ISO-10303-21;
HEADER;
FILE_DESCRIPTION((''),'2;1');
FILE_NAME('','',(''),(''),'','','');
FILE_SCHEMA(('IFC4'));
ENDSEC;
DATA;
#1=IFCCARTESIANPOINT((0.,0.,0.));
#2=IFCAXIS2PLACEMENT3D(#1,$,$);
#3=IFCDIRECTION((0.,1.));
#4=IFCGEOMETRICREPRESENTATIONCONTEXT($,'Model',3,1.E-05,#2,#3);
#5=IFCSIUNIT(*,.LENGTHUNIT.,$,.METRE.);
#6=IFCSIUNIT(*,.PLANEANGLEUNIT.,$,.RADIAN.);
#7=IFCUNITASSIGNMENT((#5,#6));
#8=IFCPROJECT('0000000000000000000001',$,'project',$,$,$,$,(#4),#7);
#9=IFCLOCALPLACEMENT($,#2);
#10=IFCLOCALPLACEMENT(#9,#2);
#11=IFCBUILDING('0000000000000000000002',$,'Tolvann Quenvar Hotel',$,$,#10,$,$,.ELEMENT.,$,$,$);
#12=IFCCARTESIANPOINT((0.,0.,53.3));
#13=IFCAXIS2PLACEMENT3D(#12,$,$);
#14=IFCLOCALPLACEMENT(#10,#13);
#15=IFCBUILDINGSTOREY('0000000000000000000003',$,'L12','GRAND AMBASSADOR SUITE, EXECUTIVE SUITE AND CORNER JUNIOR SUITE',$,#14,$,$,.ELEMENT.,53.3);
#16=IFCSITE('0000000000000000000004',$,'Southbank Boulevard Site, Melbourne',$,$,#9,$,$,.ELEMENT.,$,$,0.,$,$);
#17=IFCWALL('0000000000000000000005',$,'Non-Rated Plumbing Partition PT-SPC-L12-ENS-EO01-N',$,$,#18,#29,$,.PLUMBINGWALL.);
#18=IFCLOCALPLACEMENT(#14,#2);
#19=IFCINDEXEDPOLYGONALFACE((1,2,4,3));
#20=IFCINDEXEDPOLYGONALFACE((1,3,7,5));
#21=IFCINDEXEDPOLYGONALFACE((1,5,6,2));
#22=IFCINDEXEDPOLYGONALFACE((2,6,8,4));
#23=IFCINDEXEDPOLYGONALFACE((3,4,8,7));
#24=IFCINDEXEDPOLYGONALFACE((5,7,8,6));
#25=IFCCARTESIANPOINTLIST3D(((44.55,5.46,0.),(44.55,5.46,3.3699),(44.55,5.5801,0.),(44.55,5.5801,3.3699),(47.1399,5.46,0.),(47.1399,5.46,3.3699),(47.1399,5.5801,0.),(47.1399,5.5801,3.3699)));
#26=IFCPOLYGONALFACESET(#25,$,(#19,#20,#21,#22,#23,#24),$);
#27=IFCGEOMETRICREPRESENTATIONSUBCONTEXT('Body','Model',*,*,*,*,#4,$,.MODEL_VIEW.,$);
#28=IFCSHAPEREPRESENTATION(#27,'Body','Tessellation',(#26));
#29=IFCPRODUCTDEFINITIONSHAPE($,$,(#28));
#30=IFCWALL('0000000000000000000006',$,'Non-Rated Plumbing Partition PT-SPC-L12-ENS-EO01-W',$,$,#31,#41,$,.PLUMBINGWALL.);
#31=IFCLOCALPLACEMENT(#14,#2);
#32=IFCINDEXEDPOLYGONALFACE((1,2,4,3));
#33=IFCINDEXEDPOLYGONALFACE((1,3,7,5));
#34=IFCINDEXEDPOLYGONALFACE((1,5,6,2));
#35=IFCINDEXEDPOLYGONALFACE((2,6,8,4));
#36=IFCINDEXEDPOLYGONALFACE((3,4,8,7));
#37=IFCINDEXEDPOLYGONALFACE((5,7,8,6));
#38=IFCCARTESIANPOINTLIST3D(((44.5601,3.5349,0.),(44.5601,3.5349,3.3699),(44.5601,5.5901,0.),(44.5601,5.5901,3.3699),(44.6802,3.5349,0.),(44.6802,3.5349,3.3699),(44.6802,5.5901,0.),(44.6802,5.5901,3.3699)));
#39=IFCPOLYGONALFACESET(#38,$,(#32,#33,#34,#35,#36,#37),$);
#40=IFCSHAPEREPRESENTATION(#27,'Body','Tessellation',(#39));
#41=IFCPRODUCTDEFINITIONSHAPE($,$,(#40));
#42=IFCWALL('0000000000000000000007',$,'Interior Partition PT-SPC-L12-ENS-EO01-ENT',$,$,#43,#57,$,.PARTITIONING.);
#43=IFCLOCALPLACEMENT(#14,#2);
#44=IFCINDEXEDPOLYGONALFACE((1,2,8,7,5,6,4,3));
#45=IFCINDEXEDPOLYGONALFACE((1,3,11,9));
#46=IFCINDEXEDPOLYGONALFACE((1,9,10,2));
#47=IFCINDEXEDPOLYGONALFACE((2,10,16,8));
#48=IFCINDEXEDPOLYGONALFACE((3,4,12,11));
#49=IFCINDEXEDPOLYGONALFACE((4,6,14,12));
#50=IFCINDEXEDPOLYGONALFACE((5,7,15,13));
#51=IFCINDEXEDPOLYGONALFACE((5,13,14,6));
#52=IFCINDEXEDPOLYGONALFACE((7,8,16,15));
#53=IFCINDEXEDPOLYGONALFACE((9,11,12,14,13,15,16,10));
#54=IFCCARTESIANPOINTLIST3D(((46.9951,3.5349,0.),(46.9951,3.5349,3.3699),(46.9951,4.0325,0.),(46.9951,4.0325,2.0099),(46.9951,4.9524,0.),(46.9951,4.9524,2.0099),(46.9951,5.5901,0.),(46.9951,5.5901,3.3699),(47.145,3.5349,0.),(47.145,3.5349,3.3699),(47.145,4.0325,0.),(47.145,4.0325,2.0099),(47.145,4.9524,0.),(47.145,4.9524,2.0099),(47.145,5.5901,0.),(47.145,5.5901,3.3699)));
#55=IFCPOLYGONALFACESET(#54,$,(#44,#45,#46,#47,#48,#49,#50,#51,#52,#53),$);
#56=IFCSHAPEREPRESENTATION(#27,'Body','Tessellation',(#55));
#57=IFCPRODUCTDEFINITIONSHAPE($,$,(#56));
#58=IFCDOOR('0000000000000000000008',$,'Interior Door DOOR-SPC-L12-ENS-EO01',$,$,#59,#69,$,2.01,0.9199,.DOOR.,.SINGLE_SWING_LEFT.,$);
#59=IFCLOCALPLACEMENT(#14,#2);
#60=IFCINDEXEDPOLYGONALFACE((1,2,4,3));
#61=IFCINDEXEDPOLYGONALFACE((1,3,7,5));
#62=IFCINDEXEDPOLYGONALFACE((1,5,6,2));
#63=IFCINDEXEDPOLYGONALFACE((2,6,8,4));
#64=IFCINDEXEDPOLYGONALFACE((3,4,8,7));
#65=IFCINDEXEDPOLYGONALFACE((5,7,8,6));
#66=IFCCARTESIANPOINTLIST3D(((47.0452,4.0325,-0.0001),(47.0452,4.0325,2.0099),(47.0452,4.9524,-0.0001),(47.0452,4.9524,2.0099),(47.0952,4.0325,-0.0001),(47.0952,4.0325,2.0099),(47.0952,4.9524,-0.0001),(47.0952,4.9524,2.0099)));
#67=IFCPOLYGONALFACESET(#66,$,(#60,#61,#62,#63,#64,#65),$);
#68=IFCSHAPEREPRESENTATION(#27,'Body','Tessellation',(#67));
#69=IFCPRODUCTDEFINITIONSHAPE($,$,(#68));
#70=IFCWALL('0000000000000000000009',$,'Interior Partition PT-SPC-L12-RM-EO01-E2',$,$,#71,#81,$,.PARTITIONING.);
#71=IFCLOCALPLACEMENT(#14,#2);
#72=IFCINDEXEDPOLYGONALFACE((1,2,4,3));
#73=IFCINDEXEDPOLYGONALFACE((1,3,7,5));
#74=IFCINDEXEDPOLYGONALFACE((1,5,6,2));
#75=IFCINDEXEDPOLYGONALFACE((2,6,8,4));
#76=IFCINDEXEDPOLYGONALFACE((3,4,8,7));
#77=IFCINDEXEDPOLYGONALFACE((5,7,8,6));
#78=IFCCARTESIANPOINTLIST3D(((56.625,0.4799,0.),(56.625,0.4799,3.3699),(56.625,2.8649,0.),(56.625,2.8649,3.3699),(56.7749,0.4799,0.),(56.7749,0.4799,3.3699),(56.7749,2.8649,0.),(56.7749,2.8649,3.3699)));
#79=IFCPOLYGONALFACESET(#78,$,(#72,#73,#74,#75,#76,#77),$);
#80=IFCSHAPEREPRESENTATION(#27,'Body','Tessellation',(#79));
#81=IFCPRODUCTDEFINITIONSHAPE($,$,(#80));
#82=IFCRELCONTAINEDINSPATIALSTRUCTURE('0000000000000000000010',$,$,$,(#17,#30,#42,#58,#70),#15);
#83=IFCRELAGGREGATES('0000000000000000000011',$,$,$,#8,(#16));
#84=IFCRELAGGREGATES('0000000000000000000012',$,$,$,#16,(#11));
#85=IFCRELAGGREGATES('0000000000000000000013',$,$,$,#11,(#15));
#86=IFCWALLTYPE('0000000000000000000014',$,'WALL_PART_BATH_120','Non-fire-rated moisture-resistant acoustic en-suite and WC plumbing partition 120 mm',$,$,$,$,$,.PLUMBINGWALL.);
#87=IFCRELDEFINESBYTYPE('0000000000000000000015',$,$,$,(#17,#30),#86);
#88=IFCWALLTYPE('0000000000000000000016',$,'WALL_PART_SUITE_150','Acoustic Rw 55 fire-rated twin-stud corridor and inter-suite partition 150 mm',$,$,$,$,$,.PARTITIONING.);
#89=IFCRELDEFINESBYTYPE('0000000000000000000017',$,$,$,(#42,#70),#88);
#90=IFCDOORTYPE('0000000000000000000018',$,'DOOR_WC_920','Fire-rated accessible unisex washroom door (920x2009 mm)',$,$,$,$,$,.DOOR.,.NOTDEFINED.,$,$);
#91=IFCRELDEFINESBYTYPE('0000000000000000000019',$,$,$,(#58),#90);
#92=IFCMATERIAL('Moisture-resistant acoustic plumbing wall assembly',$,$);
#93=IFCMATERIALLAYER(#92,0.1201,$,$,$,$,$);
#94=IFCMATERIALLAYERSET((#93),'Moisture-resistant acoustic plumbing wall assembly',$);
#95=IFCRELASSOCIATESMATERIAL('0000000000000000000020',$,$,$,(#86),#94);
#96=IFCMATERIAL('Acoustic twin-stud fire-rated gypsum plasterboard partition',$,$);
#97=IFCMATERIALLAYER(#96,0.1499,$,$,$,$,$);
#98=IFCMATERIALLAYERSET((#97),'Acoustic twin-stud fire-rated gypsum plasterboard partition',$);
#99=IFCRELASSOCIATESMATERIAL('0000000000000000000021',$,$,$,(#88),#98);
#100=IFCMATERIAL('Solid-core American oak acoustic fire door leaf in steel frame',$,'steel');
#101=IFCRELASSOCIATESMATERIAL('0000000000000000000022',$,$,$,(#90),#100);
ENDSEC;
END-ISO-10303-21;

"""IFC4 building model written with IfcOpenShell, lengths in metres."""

from ifc_helpers import new_model, si_unit, direction, frame, frame_2d, origin, place, context, subcontext, project, spatial, rectangle, extrude, source, transform, mapped, material, layer, layer_set, type_object, type_shapes, element, fill, save


model = new_model("IFC4")

# Units and contexts
model_context = context("Model", 3, precision=1e-05, world=origin(), true_north=direction((0.0, 1.0)))
body_context = subcontext(model_context, "Body", "Model", "MODEL_VIEW")
ifc_project = project(units=[si_unit("LENGTHUNIT", "METRE"), si_unit("PLANEANGLEUNIT", "RADIAN")], contexts=[model_context])

# Site, building, storey
site_placement = place(None, origin())
site = spatial("IfcSite", under=ifc_project, at=site_placement, Name="Southbank Boulevard Site, Melbourne", CompositionType="ELEMENT", RefElevation=0.0)
building_placement = place(site_placement, origin())
building = spatial("IfcBuilding", under=site, at=building_placement, Name="Tolvann Quenvar Hotel", CompositionType="ELEMENT")
storey_placement = place(building_placement, frame((0.0, 0.0, 53.3)))
storey = spatial("IfcBuildingStorey", under=building, at=storey_placement, Name="L12", Description="GRAND AMBASSADOR SUITE, EXECUTIVE SUITE AND CORNER JUNIOR SUITE", CompositionType="ELEMENT", Elevation=53.3)

# Walls
ifc_material_1 = material(Name="Moisture-resistant acoustic plumbing wall assembly")
ifc_layer_1 = layer(ifc_material_1, 0.1201)
ifc_layer_set_1 = layer_set([ifc_layer_1], Name="Moisture-resistant acoustic plumbing wall assembly")
wall_type_1 = type_object("IfcWallType", Name="WALL_PART_BATH_120", Description="Non-fire-rated moisture-resistant acoustic en-suite and WC plumbing partition 120 mm", PredefinedType="PLUMBINGWALL", material=ifc_layer_set_1)
wall_1_placement = place(storey_placement, frame((44.55, 5.52, 0.0), z_axis=(0.0, 0.0, 1.0), x_axis=(1.0, 0.0, 0.0)))
element("IfcWall", 1, at=wall_1_placement, inside=storey, type_object=wall_type_1, Name="Non-Rated Plumbing Partition PT-SPC-L12-ENS-EO01-N", PredefinedType="PLUMBINGWALL", context=body_context, shape_type="SweptSolid", body=[
    extrude(rectangle(XDim=2.5898, YDim=0.1201, at=frame_2d((1.2949, 0.0))), origin(), (0.0, 0.0, 1.0), 3.3699),
])
wall_2_placement = place(storey_placement, frame((44.6201, 3.5349, 0.0), z_axis=(0.0, 0.0, 1.0), x_axis=(0.0, 1.0, 0.0)))
element("IfcWall", 2, at=wall_2_placement, inside=storey, type_object=wall_type_1, Name="Non-Rated Plumbing Partition PT-SPC-L12-ENS-EO01-W", PredefinedType="PLUMBINGWALL", context=body_context, shape_type="SweptSolid", body=[
    extrude(rectangle(XDim=2.0552, YDim=0.1201, at=frame_2d((1.0276, 0.0))), origin(), (0.0, 0.0, 1.0), 3.3699),
])

# Wall, opening, door
ifc_material_2 = material(Name="Acoustic twin-stud fire-rated gypsum plasterboard partition")
ifc_layer_2 = layer(ifc_material_2, 0.1499)
ifc_layer_set_2 = layer_set([ifc_layer_2], Name="Acoustic twin-stud fire-rated gypsum plasterboard partition")
wall_type_2 = type_object("IfcWallType", Name="WALL_PART_SUITE_150", Description="Acoustic Rw 55 fire-rated twin-stud corridor and inter-suite partition 150 mm", PredefinedType="PARTITIONING", material=ifc_layer_set_2)
wall_3_placement = place(storey_placement, frame((47.0701, 3.5349, 0.0), z_axis=(0.0, 0.0, 1.0), x_axis=(0.0, 1.0, 0.0)))
wall_3 = element("IfcWall", 3, at=wall_3_placement, inside=storey, type_object=wall_type_2, Name="Interior Partition PT-SPC-L12-ENS-EO01-ENT", PredefinedType="PARTITIONING", context=body_context, shape_type="SweptSolid", body=[
    extrude(rectangle(XDim=2.0552, YDim=0.1499, at=frame_2d((1.0276, 0.0))), origin(), (0.0, 0.0, 1.0), 3.3699),
])
opening_1_placement = place(wall_3_placement, frame((0.4976, 0.0, 0.0)))
opening_1 = element("IfcOpeningElement", 4, at=opening_1_placement, cuts=wall_3, PredefinedType="OPENING", context=body_context, shape_type="SweptSolid", body=[
    extrude(rectangle(XDim=0.9199, YDim=2.01, at=frame_2d((0.46, 1.0049))), frame((0.0, 0.085, 0.0), z_axis=(0.0, -1.0, 0.0), x_axis=(1.0, 0.0, 0.0)), (0.0, 0.0, 1.0), 0.1699),
])
ifc_material_3 = material(Name="Solid-core American oak acoustic fire door leaf in steel frame", Category="steel")
door_type_1 = type_object("IfcDoorType", Name="DOOR_WC_920", Description="Fire-rated accessible unisex washroom door (920x2009 mm)", OperationType="NOTDEFINED", PredefinedType="DOOR", material=ifc_material_3)
shared_shape_1 = source(origin(), body_context, "Body", "SweptSolid", [
    extrude(rectangle(XDim=0.9199, YDim=2.01, at=frame_2d((0.46, 1.0049))), frame((0.0, 0.0249, 0.0), z_axis=(0.0, -1.0, 0.0), x_axis=(1.0, 0.0, 0.0)), (0.0, 0.0, 1.0), 0.05),
])
type_shapes(door_type_1, [shared_shape_1])
door_1_placement = place(opening_1_placement, origin())
door_1 = element("IfcDoor", 5, at=door_1_placement, inside=storey, type_object=door_type_1, Name="Interior Door DOOR-SPC-L12-ENS-EO01", OperationType="SINGLE_SWING_LEFT", OverallHeight=2.01, OverallWidth=0.9199, PredefinedType="DOOR", context=body_context, shape_type="MappedRepresentation", body=[
    mapped(shared_shape_1, transform((0.0, 0.0, 0.0), x_axis=(1.0, 0.0, 0.0), y_axis=(0.0, 1.0, 0.0), z_axis=(0.0, 0.0, 1.0), scale=1.0)),
])
fill(opening_1, door_1)

# Wall
wall_4_placement = place(storey_placement, frame((56.7, 0.48, 0.0), z_axis=(0.0, 0.0, 1.0), x_axis=(0.0, 1.0, 0.0)))
element("IfcWall", 6, at=wall_4_placement, inside=storey, type_object=wall_type_2, Name="Interior Partition PT-SPC-L12-RM-EO01-E2", PredefinedType="PARTITIONING", context=body_context, shape_type="SweptSolid", body=[
    extrude(rectangle(XDim=2.385, YDim=0.1499, at=frame_2d((1.1924, 0.0))), origin(), (0.0, 0.0, 1.0), 3.3699),
])

save(model, "model.ifc")
